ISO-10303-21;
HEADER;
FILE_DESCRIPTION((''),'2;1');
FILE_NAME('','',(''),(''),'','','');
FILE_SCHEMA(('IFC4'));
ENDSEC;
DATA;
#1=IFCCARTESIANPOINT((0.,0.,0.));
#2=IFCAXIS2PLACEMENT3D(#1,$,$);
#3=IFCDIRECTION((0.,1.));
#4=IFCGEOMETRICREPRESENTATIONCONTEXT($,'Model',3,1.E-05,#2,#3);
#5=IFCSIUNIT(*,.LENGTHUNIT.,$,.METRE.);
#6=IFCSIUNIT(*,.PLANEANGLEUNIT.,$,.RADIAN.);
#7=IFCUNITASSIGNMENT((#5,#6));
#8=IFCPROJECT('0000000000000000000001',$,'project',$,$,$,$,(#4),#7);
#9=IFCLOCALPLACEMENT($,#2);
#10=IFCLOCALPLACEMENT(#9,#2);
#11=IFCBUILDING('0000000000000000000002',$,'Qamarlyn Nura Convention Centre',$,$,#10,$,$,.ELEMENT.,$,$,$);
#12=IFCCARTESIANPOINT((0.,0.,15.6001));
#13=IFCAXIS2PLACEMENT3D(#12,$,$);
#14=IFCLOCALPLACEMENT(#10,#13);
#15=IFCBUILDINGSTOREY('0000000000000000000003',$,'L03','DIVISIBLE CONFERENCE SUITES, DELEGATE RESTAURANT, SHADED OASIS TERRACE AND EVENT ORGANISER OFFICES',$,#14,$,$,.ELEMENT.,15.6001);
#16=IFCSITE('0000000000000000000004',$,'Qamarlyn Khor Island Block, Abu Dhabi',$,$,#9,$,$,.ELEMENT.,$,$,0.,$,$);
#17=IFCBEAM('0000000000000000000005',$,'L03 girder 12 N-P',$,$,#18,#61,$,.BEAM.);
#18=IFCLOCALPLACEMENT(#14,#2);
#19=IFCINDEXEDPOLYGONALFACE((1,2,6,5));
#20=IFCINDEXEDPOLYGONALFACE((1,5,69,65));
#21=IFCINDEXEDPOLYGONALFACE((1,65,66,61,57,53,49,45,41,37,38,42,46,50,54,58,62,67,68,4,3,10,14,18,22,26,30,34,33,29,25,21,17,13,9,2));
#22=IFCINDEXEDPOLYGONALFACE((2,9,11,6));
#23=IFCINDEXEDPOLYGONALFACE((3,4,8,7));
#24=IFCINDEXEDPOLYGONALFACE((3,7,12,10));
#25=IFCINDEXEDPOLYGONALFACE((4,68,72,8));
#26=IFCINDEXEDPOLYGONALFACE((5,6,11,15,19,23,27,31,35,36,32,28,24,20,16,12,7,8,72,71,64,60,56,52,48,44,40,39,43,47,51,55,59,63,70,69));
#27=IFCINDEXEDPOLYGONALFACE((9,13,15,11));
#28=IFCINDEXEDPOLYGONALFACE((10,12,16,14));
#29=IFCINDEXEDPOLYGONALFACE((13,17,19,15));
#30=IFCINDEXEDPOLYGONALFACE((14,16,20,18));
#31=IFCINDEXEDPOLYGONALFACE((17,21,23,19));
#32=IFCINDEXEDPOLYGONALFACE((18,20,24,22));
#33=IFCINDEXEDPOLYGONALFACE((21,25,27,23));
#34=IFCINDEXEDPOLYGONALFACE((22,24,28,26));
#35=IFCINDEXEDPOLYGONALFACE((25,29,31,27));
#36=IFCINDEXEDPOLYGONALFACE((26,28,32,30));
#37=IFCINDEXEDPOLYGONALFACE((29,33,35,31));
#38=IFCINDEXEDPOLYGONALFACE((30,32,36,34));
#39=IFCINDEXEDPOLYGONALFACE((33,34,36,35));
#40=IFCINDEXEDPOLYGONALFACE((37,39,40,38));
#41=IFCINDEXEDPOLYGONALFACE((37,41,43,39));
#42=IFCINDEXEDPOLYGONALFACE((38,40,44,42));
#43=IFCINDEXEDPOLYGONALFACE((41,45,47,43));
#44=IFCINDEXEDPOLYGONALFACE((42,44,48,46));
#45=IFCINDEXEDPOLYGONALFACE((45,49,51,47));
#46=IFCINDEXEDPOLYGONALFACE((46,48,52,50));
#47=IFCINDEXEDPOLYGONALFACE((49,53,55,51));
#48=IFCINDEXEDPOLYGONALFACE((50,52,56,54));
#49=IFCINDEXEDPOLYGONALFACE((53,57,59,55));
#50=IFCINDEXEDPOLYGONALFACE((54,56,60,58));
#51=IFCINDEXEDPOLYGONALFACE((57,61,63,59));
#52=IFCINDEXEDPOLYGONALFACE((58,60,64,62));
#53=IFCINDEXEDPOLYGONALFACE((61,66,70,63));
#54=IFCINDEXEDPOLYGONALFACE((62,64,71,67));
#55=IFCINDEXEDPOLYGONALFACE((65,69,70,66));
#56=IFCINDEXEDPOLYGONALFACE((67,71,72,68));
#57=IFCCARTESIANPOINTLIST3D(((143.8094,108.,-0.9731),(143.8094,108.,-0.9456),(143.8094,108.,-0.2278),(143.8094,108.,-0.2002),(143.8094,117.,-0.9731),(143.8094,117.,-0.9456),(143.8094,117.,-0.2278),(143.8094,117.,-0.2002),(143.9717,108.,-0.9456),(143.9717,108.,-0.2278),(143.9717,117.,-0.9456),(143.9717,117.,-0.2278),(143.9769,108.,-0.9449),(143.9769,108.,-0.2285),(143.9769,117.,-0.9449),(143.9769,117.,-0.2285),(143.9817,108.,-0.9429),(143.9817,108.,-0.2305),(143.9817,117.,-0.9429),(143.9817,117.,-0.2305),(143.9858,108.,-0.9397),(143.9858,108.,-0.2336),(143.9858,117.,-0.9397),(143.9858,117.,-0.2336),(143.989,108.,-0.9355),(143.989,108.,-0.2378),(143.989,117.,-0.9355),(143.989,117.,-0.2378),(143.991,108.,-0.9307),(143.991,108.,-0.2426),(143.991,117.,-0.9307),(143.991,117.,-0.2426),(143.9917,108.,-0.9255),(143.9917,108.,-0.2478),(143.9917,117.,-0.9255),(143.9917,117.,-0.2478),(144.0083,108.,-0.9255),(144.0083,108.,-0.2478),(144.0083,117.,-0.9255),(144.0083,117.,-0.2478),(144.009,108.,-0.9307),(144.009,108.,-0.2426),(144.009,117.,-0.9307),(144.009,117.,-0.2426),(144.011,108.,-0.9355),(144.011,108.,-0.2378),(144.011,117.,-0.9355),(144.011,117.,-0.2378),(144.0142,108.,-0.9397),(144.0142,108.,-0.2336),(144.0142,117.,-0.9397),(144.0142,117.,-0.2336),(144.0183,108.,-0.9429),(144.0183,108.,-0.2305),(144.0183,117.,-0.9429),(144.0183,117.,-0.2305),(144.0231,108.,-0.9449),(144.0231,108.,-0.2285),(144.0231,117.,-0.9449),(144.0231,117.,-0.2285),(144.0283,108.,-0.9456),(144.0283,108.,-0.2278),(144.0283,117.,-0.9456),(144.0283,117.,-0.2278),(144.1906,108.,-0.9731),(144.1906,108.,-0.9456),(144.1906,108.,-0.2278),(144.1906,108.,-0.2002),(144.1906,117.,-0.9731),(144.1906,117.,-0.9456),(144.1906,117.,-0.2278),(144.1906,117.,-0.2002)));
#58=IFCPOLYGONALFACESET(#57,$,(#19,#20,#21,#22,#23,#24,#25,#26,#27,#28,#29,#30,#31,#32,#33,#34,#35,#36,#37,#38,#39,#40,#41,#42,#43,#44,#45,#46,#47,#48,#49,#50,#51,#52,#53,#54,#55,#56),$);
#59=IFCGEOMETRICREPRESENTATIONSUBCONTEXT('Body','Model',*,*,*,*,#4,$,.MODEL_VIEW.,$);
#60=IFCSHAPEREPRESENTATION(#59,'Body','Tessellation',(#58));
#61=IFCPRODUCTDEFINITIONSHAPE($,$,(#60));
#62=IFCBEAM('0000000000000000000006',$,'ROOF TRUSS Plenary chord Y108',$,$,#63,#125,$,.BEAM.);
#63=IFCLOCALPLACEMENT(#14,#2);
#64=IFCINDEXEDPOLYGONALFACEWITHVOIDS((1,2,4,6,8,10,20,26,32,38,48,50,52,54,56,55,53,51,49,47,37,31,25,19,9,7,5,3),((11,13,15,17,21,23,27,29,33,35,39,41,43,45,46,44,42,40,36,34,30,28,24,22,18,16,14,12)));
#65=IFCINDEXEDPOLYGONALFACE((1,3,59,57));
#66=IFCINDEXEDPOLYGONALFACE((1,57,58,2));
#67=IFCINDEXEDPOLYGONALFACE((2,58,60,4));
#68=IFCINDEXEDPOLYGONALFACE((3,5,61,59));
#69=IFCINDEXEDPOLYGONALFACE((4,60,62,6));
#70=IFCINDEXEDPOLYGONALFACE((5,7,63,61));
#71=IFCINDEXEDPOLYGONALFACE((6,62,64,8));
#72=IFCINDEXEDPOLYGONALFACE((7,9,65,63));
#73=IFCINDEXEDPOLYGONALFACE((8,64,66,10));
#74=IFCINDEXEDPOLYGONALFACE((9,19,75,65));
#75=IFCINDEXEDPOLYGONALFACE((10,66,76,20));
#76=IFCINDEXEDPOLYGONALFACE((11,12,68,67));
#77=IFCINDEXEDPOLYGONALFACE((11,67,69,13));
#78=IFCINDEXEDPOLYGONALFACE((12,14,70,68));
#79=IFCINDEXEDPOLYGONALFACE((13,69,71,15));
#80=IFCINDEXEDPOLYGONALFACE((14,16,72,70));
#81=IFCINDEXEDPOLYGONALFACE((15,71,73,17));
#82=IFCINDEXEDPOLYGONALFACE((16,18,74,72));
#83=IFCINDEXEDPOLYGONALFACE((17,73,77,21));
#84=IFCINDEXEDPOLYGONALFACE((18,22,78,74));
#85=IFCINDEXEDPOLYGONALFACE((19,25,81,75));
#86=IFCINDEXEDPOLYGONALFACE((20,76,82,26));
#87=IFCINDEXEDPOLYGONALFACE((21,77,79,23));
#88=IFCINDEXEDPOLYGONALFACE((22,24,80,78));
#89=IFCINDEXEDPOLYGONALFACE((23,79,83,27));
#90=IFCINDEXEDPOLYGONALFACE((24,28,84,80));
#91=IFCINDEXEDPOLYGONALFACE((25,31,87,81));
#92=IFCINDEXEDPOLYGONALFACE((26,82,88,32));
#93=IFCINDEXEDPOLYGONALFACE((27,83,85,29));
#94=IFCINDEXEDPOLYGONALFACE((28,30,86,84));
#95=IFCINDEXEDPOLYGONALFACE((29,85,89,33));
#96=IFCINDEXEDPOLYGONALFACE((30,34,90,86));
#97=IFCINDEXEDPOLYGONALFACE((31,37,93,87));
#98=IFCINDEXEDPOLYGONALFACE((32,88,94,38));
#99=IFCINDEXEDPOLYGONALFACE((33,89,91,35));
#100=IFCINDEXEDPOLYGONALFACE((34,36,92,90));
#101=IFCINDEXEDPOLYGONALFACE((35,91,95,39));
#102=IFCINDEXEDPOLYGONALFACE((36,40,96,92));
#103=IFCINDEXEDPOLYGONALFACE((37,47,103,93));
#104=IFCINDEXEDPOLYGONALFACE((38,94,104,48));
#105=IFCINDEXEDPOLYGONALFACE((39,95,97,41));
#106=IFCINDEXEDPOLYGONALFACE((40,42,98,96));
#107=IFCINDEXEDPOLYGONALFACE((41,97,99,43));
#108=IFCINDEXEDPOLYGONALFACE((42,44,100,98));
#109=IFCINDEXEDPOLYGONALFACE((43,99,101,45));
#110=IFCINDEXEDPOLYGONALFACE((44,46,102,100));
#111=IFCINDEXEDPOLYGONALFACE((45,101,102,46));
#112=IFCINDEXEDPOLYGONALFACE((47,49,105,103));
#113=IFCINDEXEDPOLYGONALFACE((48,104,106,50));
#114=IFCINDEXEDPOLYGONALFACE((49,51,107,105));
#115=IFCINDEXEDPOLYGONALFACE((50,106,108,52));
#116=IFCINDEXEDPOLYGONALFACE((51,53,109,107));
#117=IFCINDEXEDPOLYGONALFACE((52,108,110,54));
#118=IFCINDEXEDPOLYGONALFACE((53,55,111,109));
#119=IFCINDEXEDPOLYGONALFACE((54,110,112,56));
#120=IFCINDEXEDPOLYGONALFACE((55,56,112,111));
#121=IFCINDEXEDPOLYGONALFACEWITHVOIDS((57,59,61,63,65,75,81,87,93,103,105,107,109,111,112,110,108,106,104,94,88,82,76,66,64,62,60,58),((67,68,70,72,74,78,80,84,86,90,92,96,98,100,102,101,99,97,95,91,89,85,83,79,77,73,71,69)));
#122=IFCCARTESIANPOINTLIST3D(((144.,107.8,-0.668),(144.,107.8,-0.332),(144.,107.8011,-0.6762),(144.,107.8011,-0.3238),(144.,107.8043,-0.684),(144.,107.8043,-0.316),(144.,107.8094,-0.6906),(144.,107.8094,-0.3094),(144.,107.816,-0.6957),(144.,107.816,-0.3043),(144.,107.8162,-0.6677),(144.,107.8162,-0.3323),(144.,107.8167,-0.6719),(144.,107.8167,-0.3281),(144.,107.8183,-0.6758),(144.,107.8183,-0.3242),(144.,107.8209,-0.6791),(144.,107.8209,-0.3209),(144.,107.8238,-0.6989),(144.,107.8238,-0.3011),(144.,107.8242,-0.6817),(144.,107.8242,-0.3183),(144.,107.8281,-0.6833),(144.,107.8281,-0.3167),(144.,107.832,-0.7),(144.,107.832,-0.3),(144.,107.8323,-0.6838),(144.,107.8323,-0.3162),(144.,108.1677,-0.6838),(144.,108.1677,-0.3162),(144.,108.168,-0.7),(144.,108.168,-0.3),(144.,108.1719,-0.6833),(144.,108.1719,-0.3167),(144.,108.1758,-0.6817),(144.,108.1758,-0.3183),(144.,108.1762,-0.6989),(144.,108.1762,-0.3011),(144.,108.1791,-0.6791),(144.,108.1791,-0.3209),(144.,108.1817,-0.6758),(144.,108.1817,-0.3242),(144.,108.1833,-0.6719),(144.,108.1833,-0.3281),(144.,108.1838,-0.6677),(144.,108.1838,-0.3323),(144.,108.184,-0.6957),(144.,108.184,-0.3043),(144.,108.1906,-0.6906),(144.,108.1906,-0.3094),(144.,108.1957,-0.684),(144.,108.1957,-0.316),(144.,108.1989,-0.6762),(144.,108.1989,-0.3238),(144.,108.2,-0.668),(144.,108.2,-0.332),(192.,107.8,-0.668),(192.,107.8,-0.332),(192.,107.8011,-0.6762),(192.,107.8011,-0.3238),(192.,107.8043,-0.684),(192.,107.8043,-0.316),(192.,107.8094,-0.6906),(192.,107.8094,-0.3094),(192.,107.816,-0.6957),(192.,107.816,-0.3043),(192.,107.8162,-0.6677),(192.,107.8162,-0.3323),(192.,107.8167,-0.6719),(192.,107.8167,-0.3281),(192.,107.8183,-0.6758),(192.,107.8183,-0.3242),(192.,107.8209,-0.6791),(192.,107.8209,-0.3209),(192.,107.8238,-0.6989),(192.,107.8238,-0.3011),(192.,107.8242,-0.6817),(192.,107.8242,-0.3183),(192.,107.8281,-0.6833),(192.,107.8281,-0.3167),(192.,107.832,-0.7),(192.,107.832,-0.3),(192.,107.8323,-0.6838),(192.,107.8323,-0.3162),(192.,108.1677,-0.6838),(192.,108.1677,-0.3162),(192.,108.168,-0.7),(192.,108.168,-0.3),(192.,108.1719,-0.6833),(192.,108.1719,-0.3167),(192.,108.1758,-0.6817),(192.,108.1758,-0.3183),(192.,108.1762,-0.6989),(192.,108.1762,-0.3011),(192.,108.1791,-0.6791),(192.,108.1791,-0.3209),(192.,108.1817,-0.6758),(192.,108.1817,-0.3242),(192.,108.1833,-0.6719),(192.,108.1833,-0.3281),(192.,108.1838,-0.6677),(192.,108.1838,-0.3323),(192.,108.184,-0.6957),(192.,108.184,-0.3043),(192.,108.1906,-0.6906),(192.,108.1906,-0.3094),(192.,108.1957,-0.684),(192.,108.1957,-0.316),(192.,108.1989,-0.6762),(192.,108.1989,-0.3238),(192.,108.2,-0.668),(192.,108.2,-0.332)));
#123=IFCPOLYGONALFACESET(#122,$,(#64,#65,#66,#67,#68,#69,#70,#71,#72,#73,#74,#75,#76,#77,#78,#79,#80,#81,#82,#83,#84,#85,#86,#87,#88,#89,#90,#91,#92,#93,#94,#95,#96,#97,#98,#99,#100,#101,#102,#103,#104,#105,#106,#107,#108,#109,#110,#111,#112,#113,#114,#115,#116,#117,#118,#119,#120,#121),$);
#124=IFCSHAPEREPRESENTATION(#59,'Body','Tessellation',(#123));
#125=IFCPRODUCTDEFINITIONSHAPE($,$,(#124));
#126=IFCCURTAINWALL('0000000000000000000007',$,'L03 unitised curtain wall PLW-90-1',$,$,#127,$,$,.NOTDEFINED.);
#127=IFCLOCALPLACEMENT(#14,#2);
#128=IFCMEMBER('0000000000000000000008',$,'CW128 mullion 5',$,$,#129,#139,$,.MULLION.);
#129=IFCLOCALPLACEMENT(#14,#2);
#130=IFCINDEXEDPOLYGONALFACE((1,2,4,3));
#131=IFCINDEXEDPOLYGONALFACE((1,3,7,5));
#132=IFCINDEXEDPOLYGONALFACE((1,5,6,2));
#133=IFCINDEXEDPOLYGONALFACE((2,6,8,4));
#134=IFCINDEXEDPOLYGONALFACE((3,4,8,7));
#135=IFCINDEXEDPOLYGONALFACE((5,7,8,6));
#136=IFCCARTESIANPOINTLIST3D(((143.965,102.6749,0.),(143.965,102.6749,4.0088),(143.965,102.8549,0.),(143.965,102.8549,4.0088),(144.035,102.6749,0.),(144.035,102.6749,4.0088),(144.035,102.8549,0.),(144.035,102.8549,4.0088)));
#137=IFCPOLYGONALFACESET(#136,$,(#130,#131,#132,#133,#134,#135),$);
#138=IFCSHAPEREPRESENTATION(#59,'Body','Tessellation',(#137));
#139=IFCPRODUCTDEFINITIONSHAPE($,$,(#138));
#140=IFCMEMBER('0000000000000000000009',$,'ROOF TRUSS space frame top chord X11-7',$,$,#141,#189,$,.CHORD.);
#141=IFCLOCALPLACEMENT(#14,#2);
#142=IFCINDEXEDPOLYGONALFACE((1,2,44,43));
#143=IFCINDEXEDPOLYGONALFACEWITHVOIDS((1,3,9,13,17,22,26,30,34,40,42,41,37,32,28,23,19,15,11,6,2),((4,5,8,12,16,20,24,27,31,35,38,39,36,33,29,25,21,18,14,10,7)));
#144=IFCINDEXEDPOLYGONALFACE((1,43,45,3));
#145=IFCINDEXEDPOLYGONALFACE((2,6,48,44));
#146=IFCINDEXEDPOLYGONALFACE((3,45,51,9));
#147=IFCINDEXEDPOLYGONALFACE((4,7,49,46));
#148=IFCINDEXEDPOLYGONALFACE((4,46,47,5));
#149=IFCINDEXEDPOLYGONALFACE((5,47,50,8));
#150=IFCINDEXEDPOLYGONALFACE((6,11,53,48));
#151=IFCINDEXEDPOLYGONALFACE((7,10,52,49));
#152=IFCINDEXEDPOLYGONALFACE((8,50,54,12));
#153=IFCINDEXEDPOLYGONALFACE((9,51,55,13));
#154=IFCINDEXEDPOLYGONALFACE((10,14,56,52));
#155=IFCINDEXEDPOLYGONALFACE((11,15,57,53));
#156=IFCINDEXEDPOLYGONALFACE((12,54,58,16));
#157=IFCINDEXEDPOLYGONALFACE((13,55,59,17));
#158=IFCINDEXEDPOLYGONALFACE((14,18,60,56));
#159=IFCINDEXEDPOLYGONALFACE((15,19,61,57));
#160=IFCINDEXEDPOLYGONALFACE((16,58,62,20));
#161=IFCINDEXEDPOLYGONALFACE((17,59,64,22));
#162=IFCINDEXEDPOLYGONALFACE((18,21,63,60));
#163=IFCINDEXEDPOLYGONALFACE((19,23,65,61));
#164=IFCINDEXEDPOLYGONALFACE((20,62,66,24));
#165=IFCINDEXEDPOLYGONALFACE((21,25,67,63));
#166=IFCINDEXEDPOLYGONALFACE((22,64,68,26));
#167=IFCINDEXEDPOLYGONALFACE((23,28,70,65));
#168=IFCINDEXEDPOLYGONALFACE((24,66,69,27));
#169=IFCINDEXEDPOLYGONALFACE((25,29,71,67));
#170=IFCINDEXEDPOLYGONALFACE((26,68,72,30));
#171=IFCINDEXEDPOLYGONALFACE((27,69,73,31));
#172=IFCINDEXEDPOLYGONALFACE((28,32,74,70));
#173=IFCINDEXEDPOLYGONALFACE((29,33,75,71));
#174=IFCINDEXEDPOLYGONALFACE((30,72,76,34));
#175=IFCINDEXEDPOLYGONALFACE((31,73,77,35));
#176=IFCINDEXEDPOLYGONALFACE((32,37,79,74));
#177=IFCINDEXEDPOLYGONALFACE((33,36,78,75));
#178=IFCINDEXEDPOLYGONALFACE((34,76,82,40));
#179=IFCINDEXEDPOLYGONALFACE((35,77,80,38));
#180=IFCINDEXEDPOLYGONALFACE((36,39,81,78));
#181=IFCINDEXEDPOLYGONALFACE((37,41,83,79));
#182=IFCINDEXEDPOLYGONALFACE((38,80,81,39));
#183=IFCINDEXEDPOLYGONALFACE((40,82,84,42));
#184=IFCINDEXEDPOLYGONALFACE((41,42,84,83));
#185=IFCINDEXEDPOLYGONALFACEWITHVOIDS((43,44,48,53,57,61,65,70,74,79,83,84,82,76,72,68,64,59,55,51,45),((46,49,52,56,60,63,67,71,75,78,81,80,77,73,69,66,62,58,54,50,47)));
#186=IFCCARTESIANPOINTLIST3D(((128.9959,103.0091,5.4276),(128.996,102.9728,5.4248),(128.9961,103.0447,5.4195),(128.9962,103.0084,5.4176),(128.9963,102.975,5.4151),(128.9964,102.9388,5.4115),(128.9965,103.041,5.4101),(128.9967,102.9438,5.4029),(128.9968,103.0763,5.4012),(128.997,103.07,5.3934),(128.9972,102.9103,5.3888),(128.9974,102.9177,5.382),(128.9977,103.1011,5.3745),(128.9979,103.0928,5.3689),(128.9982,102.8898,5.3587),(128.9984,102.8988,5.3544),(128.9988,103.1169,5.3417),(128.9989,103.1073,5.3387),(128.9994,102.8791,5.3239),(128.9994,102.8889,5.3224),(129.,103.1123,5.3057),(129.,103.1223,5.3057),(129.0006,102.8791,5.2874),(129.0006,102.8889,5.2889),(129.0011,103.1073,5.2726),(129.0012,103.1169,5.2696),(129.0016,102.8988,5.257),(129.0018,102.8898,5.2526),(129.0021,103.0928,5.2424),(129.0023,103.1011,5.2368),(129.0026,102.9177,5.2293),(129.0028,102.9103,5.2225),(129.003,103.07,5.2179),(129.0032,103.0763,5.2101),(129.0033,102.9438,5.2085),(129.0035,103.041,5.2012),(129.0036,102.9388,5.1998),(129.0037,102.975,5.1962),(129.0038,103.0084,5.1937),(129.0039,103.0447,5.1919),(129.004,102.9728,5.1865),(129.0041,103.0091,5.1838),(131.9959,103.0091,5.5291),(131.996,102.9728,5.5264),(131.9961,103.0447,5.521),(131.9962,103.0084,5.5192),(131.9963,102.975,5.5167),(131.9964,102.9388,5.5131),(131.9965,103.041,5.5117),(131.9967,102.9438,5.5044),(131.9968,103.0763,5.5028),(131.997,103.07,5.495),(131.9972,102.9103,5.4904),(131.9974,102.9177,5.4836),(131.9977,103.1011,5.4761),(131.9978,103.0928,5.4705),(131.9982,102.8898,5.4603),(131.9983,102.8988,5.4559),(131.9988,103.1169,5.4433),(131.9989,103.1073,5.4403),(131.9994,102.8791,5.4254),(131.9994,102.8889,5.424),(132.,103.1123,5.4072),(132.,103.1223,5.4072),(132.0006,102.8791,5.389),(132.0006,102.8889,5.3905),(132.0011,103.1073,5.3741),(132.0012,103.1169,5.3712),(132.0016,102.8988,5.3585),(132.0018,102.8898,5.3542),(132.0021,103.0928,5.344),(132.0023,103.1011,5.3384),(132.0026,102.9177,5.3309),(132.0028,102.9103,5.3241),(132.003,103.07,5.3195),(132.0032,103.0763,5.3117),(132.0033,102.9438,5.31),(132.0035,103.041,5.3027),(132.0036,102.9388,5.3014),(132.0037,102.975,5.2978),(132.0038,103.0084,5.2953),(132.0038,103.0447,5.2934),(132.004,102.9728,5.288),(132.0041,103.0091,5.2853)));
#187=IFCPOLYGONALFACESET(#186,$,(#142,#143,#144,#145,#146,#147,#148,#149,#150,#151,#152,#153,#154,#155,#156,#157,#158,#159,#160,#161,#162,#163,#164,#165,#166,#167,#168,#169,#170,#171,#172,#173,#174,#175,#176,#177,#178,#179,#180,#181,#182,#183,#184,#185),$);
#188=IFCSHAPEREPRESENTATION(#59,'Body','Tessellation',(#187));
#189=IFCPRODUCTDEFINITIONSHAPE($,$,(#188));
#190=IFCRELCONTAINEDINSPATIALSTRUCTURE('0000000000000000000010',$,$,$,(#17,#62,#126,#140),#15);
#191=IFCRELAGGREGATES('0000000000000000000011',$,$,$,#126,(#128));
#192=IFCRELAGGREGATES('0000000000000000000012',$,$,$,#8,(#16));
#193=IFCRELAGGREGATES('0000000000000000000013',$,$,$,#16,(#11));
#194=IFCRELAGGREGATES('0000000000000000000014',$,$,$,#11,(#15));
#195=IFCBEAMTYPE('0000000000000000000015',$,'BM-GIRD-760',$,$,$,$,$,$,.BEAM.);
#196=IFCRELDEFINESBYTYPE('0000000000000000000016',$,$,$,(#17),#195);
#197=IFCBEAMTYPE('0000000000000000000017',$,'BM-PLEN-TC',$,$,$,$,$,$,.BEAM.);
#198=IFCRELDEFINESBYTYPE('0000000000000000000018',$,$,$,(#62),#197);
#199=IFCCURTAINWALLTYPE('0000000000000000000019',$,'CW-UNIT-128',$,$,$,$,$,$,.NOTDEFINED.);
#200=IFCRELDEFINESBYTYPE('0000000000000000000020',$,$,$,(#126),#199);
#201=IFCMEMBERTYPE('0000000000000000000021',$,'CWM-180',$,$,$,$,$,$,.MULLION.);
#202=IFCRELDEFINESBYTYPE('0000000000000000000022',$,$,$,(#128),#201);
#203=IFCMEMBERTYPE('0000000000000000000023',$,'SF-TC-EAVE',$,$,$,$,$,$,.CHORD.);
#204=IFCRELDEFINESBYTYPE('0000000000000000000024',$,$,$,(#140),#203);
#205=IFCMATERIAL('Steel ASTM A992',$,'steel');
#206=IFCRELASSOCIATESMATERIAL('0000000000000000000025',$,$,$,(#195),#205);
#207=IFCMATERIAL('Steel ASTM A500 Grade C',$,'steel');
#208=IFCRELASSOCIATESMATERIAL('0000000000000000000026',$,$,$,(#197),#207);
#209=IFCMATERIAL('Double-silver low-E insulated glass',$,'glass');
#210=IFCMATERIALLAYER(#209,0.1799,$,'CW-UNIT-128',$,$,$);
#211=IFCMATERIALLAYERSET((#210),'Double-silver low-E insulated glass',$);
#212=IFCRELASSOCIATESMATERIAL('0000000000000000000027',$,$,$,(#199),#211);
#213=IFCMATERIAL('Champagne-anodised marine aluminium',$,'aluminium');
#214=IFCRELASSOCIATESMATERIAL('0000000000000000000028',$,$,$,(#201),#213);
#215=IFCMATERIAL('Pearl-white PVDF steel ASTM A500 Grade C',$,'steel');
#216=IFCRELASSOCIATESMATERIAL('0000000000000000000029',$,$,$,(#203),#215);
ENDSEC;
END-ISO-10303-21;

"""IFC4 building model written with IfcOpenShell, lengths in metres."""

from ifc_helpers import new_model, si_unit, direction, frame, origin, origin_2d, place, context, subcontext, project, spatial, rectangle, hollow_rectangle, hollow_circle, i_section, extrude, material, layer, layer_set, material_profile, profile_set, type_object, element, aggregate, save


model = new_model("IFC4")

# Units and contexts
model_context = context("Model", 3, precision=1e-05, world=origin(), true_north=direction((0.0, 1.0)))
body_context = subcontext(model_context, "Body", "Model", "MODEL_VIEW")
ifc_project = project(units=[si_unit("LENGTHUNIT", "METRE"), si_unit("PLANEANGLEUNIT", "RADIAN")], contexts=[model_context])

# Site, building, storey
site_placement = place(None, origin())
site = spatial("IfcSite", under=ifc_project, at=site_placement, Name="Qamarlyn Khor Island Block, Abu Dhabi", CompositionType="ELEMENT", RefElevation=0.0)
building_placement = place(site_placement, origin())
building = spatial("IfcBuilding", under=site, at=building_placement, Name="Qamarlyn Nura Convention Centre", CompositionType="ELEMENT")
storey_placement = place(building_placement, frame((0.0, 0.0, 15.6001)))
storey = spatial("IfcBuildingStorey", under=building, at=storey_placement, Name="L03", Description="DIVISIBLE CONFERENCE SUITES, DELEGATE RESTAURANT, SHADED OASIS TERRACE AND EVENT ORGANISER OFFICES", CompositionType="ELEMENT", Elevation=15.6001)

# Shared definitions
ifc_material_1 = material(Name="Steel ASTM A500 Grade C", Category="steel")
ifc_material_2 = material(Name="Steel ASTM A992", Category="steel")

# Beams
ifc_material_profile_1 = material_profile(ifc_material_2, i_section(OverallWidth=0.3811, OverallDepth=0.7729, WebThickness=0.0166, FlangeThickness=0.0276, FilletRadius=0.02, at=origin_2d()), Name="W760X257")
ifc_profile_set_1 = profile_set([ifc_material_profile_1], Name="Steel ASTM A992")
beam_type_1 = type_object("IfcBeamType", Name="BM-GIRD-760", PredefinedType="BEAM", material=ifc_profile_set_1)
beam_1_placement = place(storey_placement, frame((144.0, 108.0, -0.5867), z_axis=(0.0, 1.0, 0.0), x_axis=(-1.0, 0.0, 0.0)))
element("IfcBeam", 1, at=beam_1_placement, inside=storey, type_object=beam_type_1, Name="L03 girder 12 N-P", PredefinedType="BEAM", context=body_context, shape_type="SweptSolid", body=[
    extrude(i_section(OverallWidth=0.3811, OverallDepth=0.7729, WebThickness=0.0166, FlangeThickness=0.0276, FilletRadius=0.02, at=origin_2d()), origin(), (0.0, 0.0, 1.0), 9.0),
])
ifc_material_profile_2 = material_profile(ifc_material_1, hollow_rectangle(XDim=0.3999, YDim=0.3999, WallThickness=0.0161, InnerFilletRadius=0.0161, OuterFilletRadius=0.032, at=origin_2d()), Name="HSS400X400X16")
ifc_profile_set_2 = profile_set([ifc_material_profile_2], Name="Steel ASTM A500 Grade C")
beam_type_2 = type_object("IfcBeamType", Name="BM-PLEN-TC", PredefinedType="BEAM", material=ifc_profile_set_2)
beam_2_placement = place(storey_placement, frame((144.0, 108.0, -0.5), z_axis=(1.0, 0.0, 0.0), x_axis=(0.0, 1.0, 0.0)))
element("IfcBeam", 2, at=beam_2_placement, inside=storey, type_object=beam_type_2, Name="ROOF TRUSS Plenary chord Y108", PredefinedType="BEAM", context=body_context, shape_type="SweptSolid", body=[
    extrude(hollow_rectangle(XDim=0.3999, YDim=0.3999, WallThickness=0.0161, InnerFilletRadius=0.0161, OuterFilletRadius=0.032, at=origin_2d()), origin(), (0.0, 0.0, 1.0), 48.0),
])

# Curtain wall, member
ifc_material_3 = material(Name="Double-silver low-E insulated glass", Category="glass")
ifc_layer_1 = layer(ifc_material_3, 0.1799, Name="CW-UNIT-128")
ifc_layer_set_1 = layer_set([ifc_layer_1], Name="Double-silver low-E insulated glass")
curtain_wall_type = type_object("IfcCurtainWallType", Name="CW-UNIT-128", PredefinedType="NOTDEFINED", material=ifc_layer_set_1)
curtain_wall_placement = place(storey_placement, origin())
curtain_wall = element("IfcCurtainWall", 3, at=curtain_wall_placement, inside=storey, type_object=curtain_wall_type, Name="L03 unitised curtain wall PLW-90-1", PredefinedType="NOTDEFINED")
ifc_material_4 = material(Name="Champagne-anodised marine aluminium", Category="aluminium")
ifc_material_profile_3 = material_profile(ifc_material_4, rectangle(XDim=0.0701, YDim=0.1799, at=origin_2d()), Name="ALU MULLION 70x180")
ifc_profile_set_3 = profile_set([ifc_material_profile_3], Name="Champagne-anodised marine aluminium")
member_type_1 = type_object("IfcMemberType", Name="CWM-180", PredefinedType="MULLION", material=ifc_profile_set_3)
member_1_placement = place(storey_placement, frame((144.0, 102.7649, 0.0), z_axis=(0.0, 0.0, 1.0), x_axis=(-1.0, 0.0, 0.0)))
member_1 = element("IfcMember", 4, at=member_1_placement, type_object=member_type_1, Name="CW128 mullion 5", PredefinedType="MULLION", context=body_context, shape_type="SweptSolid", body=[
    extrude(rectangle(XDim=0.0701, YDim=0.1799, at=origin_2d()), origin(), (0.0, 0.0, 1.0), 4.0088),
])

# Member
ifc_material_5 = material(Name="Pearl-white PVDF steel ASTM A500 Grade C", Category="steel")
ifc_material_profile_4 = material_profile(ifc_material_5, hollow_circle(Radius=0.1223, WallThickness=0.01, at=origin_2d()), Name="CHS244.5X10")
ifc_profile_set_4 = profile_set([ifc_material_profile_4], Name="Pearl-white PVDF steel ASTM A500 Grade C")
member_type_2 = type_object("IfcMemberType", Name="SF-TC-EAVE", PredefinedType="CHORD", material=ifc_profile_set_4)
member_2_placement = place(storey_placement, frame((129.0, 103.0, 5.3057), z_axis=(0.999427, 0.0, 0.033835), x_axis=(0.0, 1.0, 0.0)))
element("IfcMember", 5, at=member_2_placement, inside=storey, type_object=member_type_2, Name="ROOF TRUSS space frame top chord X11-7", PredefinedType="CHORD", context=body_context, shape_type="SweptSolid", body=[
    extrude(hollow_circle(Radius=0.1223, WallThickness=0.01, at=origin_2d()), origin(), (0.0, 0.0, 1.0), 3.0017),
])

aggregate(curtain_wall, [member_1])

save(model, "model.ifc")
